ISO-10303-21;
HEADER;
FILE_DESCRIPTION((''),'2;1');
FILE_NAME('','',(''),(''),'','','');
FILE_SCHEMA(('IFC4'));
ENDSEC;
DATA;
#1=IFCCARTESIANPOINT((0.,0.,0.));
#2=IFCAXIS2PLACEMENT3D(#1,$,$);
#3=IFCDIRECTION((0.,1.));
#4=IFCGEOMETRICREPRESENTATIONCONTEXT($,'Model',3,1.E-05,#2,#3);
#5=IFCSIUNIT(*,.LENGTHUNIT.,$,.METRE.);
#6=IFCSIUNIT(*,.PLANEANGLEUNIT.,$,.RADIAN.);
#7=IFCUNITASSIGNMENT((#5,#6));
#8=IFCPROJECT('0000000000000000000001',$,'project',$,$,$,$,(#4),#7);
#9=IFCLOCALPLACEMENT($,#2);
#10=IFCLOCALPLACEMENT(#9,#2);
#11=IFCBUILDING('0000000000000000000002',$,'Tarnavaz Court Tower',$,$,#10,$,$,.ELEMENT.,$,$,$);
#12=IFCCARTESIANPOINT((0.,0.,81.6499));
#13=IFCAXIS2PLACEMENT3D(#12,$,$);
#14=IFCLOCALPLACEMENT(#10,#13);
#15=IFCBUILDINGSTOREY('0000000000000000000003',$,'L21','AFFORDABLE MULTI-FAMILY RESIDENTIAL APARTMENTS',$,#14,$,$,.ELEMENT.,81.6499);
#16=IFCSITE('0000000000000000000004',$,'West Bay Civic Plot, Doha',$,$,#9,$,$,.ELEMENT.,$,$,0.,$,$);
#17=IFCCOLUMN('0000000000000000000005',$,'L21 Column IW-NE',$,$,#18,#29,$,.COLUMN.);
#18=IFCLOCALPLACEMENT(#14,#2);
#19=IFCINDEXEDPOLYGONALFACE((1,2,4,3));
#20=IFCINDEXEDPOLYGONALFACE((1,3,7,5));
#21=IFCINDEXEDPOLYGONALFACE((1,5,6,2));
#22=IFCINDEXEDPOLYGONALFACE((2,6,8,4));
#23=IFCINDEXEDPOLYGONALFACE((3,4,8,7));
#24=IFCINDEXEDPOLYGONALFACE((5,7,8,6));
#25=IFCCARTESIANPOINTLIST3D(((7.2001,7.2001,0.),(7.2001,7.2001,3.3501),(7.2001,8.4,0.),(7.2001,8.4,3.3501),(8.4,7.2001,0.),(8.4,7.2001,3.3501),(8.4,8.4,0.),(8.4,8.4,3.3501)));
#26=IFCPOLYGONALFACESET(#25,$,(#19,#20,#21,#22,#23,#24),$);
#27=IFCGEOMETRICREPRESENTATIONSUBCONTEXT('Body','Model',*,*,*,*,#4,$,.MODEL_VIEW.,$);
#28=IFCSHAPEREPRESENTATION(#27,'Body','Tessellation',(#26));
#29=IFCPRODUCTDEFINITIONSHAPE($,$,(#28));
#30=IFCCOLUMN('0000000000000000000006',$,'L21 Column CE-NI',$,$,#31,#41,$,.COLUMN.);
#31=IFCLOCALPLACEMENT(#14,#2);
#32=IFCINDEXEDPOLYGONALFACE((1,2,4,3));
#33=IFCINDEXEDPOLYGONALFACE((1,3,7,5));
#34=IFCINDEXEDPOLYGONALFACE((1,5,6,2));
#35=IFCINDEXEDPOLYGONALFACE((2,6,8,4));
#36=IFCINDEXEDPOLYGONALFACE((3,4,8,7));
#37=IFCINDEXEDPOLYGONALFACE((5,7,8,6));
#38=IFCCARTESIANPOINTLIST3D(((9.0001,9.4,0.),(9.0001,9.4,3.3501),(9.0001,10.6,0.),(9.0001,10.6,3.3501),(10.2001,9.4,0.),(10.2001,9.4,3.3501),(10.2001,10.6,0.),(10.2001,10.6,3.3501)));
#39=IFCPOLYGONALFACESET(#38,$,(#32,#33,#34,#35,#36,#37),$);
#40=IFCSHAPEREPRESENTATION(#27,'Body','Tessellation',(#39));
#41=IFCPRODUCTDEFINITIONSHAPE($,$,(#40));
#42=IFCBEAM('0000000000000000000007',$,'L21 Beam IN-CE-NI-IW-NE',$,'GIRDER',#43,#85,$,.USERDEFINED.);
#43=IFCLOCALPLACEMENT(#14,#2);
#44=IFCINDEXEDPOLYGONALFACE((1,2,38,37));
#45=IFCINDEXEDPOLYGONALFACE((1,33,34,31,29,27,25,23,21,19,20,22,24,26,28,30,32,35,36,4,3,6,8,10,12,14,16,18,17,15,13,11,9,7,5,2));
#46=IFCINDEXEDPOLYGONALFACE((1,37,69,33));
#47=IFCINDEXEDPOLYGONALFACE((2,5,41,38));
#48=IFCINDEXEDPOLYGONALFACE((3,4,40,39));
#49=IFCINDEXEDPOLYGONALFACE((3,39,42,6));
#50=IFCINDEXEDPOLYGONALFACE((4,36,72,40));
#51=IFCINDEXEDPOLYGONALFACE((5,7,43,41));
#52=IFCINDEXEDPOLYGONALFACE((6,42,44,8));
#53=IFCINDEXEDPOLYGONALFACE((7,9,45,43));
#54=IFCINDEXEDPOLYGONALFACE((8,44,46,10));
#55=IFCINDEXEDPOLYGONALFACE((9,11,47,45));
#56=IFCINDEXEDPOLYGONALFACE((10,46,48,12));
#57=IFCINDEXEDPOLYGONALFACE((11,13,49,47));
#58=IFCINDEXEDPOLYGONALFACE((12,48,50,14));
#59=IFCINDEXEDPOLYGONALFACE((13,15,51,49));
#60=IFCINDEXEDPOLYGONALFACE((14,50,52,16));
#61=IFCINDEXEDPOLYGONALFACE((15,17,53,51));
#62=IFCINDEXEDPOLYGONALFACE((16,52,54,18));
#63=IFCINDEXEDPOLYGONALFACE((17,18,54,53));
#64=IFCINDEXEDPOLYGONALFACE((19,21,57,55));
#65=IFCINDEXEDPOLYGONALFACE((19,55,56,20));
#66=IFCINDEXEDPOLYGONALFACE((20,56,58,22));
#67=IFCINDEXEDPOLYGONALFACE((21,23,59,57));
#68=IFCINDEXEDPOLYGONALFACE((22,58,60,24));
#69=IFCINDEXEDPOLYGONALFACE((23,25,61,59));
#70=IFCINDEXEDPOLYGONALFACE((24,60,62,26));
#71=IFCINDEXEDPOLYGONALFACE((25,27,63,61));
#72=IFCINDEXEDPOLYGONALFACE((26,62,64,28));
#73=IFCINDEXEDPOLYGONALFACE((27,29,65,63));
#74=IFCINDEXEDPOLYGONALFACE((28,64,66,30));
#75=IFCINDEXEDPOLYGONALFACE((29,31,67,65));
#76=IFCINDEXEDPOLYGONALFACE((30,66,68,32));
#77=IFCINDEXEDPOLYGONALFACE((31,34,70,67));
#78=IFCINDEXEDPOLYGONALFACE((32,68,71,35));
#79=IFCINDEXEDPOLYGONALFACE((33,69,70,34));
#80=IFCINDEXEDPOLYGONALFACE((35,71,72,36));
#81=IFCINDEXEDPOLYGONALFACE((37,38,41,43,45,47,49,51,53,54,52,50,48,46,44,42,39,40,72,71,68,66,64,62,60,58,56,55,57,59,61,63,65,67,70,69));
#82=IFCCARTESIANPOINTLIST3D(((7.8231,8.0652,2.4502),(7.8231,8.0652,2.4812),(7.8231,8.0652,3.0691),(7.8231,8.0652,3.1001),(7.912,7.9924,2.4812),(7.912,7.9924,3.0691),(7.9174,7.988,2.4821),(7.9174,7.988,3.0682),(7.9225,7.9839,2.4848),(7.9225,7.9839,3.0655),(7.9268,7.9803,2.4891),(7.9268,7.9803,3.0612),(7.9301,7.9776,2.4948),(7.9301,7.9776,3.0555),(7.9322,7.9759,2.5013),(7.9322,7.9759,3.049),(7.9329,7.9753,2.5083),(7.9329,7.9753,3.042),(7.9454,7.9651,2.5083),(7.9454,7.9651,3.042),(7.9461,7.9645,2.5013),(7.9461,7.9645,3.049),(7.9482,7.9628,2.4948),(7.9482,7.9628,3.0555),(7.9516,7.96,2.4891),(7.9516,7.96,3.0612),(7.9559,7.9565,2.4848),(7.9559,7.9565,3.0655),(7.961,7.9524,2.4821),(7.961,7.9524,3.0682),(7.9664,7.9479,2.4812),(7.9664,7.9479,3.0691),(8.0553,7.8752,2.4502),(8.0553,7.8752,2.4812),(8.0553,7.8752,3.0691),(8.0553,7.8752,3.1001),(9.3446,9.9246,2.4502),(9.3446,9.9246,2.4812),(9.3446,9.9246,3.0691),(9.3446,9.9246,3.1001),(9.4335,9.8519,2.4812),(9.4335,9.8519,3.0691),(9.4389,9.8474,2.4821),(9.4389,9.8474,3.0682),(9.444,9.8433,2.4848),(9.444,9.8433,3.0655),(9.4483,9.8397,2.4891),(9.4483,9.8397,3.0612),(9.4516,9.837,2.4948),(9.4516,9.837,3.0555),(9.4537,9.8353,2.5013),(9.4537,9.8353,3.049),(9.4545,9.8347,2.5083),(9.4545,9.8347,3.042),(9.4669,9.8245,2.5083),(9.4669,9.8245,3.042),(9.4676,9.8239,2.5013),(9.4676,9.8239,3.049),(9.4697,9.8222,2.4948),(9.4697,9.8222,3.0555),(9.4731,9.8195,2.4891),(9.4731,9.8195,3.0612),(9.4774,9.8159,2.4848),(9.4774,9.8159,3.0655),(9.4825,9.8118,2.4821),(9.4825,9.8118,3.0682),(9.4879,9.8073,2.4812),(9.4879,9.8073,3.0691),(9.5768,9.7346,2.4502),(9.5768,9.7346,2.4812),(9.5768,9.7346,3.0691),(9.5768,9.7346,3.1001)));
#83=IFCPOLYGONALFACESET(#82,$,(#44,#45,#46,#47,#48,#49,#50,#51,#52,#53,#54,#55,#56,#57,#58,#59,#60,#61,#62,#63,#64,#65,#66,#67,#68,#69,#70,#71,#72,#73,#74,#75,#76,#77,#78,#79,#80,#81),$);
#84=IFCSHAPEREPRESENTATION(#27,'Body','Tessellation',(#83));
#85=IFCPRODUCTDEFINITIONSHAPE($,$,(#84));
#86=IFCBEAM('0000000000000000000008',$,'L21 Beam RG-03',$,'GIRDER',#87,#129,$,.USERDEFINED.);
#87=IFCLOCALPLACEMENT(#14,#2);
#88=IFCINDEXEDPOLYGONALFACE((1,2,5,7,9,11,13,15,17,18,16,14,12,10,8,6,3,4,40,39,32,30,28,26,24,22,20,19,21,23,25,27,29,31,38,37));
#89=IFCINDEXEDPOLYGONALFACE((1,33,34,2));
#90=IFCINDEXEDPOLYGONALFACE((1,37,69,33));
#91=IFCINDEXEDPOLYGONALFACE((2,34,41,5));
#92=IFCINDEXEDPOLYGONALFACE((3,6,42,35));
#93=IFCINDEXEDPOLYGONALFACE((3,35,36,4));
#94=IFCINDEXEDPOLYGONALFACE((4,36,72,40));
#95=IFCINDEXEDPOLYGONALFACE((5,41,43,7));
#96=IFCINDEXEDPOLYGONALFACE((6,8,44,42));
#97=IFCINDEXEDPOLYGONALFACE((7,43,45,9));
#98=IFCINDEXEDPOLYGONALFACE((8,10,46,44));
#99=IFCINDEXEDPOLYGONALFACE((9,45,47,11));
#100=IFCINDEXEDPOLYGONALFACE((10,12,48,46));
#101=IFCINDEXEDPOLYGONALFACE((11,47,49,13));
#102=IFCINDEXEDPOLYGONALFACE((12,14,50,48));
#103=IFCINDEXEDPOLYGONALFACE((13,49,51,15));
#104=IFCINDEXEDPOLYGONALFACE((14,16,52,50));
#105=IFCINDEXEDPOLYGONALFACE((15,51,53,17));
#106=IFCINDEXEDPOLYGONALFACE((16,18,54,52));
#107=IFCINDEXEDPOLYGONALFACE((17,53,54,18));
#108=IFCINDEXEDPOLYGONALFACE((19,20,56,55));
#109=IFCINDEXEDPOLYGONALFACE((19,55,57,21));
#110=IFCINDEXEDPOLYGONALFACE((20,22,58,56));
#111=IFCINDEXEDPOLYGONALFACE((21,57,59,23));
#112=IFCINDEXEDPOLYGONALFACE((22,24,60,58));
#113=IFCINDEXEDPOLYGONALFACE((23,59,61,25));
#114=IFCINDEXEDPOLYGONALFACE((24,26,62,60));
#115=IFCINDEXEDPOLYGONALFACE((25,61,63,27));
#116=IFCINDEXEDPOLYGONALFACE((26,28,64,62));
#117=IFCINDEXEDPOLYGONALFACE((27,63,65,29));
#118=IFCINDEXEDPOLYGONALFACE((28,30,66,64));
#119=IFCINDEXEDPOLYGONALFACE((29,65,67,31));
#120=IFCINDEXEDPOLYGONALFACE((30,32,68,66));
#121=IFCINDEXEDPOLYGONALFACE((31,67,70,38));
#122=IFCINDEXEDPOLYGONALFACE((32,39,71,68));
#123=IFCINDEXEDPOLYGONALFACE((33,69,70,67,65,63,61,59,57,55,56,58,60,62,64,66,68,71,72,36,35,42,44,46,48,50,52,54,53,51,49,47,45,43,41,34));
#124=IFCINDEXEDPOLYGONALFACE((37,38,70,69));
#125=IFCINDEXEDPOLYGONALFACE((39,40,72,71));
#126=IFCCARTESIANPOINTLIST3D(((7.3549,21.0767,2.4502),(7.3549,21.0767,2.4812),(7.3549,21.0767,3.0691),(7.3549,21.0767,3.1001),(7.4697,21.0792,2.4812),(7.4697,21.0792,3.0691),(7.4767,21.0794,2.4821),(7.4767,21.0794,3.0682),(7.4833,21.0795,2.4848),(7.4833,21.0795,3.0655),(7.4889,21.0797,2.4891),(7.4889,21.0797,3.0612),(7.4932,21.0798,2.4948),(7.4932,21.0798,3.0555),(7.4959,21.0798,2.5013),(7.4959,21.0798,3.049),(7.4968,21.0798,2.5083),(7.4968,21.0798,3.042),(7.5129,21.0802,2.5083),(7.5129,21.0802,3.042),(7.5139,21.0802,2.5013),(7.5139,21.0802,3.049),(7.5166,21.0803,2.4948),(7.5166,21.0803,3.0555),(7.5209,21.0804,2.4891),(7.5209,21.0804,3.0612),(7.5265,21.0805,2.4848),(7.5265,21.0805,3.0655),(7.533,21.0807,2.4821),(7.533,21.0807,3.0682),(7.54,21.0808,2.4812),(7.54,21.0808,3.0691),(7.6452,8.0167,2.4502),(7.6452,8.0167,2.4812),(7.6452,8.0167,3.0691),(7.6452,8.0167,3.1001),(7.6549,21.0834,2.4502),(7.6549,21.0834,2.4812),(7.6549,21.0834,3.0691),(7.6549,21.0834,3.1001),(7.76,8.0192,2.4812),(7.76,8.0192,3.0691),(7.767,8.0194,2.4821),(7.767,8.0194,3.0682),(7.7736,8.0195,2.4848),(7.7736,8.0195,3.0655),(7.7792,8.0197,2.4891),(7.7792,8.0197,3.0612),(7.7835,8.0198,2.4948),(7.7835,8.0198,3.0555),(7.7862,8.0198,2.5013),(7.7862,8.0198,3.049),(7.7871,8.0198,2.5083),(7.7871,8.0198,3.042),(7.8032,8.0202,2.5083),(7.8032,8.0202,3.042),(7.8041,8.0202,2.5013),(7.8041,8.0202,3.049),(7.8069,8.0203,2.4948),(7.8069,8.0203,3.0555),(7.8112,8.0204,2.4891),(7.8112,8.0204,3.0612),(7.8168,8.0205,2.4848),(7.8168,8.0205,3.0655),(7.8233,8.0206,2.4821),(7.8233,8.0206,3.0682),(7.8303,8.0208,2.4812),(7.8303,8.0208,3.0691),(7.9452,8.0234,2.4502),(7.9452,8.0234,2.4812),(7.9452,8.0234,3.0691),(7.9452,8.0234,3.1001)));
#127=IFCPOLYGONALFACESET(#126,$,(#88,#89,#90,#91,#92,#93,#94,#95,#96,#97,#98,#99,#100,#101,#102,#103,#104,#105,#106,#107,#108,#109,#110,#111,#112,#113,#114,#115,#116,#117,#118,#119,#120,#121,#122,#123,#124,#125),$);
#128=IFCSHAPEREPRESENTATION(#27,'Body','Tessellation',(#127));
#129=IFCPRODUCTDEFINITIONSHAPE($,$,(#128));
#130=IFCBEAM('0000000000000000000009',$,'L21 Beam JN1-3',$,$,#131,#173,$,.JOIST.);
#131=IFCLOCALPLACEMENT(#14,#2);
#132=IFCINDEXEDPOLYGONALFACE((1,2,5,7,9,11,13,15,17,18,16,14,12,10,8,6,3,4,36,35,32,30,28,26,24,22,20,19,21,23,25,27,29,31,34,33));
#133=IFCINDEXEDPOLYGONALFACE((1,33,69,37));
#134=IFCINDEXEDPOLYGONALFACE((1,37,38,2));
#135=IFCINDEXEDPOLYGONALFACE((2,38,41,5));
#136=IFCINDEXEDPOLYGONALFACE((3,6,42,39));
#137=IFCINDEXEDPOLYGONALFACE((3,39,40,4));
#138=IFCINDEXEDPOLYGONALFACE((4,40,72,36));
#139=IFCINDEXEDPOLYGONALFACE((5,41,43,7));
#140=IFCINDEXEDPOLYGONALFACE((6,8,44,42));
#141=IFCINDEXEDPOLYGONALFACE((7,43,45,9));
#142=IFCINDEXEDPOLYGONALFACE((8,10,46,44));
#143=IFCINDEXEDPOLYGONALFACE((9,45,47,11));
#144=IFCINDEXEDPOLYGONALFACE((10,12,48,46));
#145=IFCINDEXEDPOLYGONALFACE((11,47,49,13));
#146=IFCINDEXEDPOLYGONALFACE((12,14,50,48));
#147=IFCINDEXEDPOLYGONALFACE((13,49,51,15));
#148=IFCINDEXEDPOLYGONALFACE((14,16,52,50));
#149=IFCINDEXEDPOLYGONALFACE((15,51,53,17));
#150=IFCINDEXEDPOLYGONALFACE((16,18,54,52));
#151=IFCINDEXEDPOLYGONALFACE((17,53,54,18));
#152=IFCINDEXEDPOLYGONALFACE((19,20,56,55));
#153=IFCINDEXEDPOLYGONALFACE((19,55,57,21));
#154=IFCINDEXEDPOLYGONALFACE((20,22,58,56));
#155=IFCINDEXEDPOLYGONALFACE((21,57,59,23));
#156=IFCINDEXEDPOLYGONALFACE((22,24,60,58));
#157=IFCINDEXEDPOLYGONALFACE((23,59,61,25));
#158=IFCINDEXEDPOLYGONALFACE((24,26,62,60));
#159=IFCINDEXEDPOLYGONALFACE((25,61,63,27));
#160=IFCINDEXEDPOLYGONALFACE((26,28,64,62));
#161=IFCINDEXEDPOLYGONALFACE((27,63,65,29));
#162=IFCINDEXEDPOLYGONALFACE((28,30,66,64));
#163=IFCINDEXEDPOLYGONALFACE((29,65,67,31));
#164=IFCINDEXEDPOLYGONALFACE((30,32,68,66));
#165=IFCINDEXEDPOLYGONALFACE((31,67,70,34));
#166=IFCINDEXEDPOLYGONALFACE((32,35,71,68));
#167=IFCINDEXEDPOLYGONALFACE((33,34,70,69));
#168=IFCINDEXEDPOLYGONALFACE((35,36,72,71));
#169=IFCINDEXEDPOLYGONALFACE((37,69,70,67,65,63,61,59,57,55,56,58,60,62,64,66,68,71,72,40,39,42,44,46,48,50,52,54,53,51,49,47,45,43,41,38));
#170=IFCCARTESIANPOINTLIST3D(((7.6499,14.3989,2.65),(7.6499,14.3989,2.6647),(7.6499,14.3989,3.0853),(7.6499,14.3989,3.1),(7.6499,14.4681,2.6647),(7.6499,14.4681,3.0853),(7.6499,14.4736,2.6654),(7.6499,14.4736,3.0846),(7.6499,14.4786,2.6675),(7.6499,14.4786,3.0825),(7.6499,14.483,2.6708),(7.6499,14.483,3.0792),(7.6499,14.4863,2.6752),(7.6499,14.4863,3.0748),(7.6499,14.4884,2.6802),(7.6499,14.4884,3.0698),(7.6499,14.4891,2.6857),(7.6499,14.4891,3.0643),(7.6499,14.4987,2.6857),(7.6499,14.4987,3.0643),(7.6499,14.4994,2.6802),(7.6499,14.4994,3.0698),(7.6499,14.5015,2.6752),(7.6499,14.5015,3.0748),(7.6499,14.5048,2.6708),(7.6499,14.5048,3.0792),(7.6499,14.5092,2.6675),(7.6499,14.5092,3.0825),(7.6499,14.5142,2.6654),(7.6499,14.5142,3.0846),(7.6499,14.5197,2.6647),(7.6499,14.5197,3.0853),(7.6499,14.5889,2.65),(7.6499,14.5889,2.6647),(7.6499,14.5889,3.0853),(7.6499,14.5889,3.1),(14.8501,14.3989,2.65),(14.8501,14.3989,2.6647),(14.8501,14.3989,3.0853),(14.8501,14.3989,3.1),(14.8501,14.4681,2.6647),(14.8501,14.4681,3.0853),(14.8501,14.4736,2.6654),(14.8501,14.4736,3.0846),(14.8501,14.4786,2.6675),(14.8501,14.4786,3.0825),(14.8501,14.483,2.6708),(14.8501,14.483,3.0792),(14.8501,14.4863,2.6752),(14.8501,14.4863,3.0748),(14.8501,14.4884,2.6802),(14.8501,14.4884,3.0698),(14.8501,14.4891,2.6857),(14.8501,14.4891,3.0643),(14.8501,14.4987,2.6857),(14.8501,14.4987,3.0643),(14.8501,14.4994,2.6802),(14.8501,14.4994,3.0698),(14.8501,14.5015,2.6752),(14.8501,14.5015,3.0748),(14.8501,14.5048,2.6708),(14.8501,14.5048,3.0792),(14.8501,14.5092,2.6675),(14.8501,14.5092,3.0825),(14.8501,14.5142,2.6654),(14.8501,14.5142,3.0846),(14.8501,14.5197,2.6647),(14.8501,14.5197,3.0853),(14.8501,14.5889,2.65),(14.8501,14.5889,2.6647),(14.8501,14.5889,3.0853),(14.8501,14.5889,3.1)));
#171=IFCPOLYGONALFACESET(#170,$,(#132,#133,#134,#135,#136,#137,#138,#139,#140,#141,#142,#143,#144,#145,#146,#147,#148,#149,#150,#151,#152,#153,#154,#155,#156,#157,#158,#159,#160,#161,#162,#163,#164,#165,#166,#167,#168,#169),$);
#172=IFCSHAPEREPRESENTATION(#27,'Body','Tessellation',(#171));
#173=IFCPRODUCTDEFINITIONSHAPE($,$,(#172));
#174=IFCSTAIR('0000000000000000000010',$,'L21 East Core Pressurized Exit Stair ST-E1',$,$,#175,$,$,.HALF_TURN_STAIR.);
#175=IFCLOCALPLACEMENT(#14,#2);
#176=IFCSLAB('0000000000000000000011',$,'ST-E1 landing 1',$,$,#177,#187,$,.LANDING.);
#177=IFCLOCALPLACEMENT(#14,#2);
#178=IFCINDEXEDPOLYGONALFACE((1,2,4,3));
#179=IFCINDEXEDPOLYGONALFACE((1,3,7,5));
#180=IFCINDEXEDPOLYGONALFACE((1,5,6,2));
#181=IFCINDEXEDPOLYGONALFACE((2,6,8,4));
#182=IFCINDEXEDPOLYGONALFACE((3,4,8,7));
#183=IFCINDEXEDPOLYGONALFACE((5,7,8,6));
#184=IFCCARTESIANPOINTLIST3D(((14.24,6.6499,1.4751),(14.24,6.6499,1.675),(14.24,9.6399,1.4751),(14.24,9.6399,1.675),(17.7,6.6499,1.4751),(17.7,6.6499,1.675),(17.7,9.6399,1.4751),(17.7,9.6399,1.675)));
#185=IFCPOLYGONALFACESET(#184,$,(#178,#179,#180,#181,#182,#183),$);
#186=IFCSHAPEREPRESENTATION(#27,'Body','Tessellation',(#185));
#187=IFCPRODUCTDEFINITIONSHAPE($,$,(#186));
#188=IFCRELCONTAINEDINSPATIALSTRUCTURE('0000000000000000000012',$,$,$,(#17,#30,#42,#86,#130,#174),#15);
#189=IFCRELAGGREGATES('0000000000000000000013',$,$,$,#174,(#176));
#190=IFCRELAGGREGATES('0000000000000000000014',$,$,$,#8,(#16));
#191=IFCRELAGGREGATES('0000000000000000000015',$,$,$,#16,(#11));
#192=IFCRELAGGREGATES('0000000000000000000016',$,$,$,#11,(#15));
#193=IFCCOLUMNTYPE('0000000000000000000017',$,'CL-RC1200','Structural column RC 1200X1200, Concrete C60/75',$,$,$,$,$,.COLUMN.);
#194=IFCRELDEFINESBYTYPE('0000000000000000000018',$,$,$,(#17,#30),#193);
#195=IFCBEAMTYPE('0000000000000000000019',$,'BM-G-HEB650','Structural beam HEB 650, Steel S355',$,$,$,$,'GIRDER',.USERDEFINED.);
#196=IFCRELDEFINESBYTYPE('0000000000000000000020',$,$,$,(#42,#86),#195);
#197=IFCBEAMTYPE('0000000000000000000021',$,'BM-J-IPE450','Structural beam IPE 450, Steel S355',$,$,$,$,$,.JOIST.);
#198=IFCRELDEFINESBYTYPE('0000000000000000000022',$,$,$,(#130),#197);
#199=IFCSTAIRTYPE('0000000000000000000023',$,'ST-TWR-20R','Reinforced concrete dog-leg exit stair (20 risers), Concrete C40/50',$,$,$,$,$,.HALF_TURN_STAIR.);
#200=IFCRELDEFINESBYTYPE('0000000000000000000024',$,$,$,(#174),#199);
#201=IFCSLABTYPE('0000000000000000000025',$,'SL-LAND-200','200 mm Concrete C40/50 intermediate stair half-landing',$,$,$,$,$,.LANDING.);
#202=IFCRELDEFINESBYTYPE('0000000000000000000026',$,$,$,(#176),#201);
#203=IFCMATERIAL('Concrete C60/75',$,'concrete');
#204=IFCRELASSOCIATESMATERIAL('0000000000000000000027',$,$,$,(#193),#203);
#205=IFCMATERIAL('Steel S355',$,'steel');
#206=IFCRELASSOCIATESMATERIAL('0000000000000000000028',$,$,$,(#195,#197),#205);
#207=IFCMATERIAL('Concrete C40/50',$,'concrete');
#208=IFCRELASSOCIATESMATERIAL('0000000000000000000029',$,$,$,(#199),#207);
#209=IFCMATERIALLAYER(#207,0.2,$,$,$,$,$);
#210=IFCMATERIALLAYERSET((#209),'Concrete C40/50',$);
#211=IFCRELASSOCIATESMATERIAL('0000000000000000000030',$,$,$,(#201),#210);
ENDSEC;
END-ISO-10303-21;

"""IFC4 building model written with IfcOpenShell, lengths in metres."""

from ifc_helpers import new_model, si_unit, direction, frame, origin, origin_2d, place, context, subcontext, project, spatial, polyline, rectangle, i_section, outline, extrude, material, layer, layer_set, material_profile, profile_set, type_object, element, aggregate, save


model = new_model("IFC4")

# Units and contexts
model_context = context("Model", 3, precision=1e-05, world=origin(), true_north=direction((0.0, 1.0)))
body_context = subcontext(model_context, "Body", "Model", "MODEL_VIEW")
ifc_project = project(units=[si_unit("LENGTHUNIT", "METRE"), si_unit("PLANEANGLEUNIT", "RADIAN")], contexts=[model_context])

# Site, building, storey
site_placement = place(None, origin())
site = spatial("IfcSite", under=ifc_project, at=site_placement, Name="West Bay Civic Plot, Doha", CompositionType="ELEMENT", RefElevation=0.0)
building_placement = place(site_placement, origin())
building = spatial("IfcBuilding", under=site, at=building_placement, Name="Tarnavaz Court Tower", CompositionType="ELEMENT")
storey_placement = place(building_placement, frame((0.0, 0.0, 81.6499)))
storey = spatial("IfcBuildingStorey", under=building, at=storey_placement, Name="L21", Description="AFFORDABLE MULTI-FAMILY RESIDENTIAL APARTMENTS", CompositionType="ELEMENT", Elevation=81.6499)

# Columns
ifc_material_1 = material(Name="Concrete C60/75", Category="concrete")
ifc_material_profile_1 = material_profile(ifc_material_1, rectangle(XDim=1.2, YDim=1.2, at=origin_2d()), Name="RC 1200X1200")
ifc_profile_set_1 = profile_set([ifc_material_profile_1], Name="Concrete C60/75")
column_type = type_object("IfcColumnType", Name="CL-RC1200", Description="Structural column RC 1200X1200, Concrete C60/75", PredefinedType="COLUMN", material=ifc_profile_set_1)
for number, where, z_axis, x_axis, name in (
    (1, (7.8, 7.8, 0.0), (0.0, 0.0, 1.0), (1.0, 0.0, 0.0), "L21 Column IW-NE"),
    (2, (9.6001, 10.0, 0.0), (0.0, 0.0, 1.0), (1.0, 0.0, 0.0), "L21 Column CE-NI"),
):
    element("IfcColumn", number, at=place(storey_placement, frame(where, z_axis=z_axis, x_axis=x_axis)), inside=storey, type_object=column_type, Name=name, PredefinedType="COLUMN", context=body_context, shape_type="SweptSolid", body=[
        extrude(rectangle(XDim=1.2, YDim=1.2, at=origin_2d()), origin(), (0.0, 0.0, 1.0), 3.3501),
    ])

# Beams
ifc_material_2 = material(Name="Steel S355", Category="steel")
ifc_material_profile_2 = material_profile(ifc_material_2, i_section(OverallWidth=0.3, OverallDepth=0.6499, WebThickness=0.0161, FlangeThickness=0.031, FilletRadius=0.0271, at=origin_2d()), Name="HEB 650")
ifc_profile_set_2 = profile_set([ifc_material_profile_2], Name="Steel S355")
beam_type_1 = type_object("IfcBeamType", Name="BM-G-HEB650", Description="Structural beam HEB 650, Steel S355", ElementType="GIRDER", PredefinedType="USERDEFINED", material=ifc_profile_set_2)
beam_1_placement = place(storey_placement, frame((9.4607, 9.8296, 2.7751), z_axis=(-0.633282, -0.773921, 0.0), x_axis=(0.773921, -0.633282, 0.0)))
element("IfcBeam", 3, at=beam_1_placement, inside=storey, type_object=beam_type_1, Name="L21 Beam IN-CE-NI-IW-NE", ObjectType="GIRDER", PredefinedType="USERDEFINED", context=body_context, shape_type="SweptSolid", body=[
    extrude(i_section(OverallWidth=0.3, OverallDepth=0.6499, WebThickness=0.0161, FlangeThickness=0.031, FilletRadius=0.0271, at=origin_2d()), origin(), (0.0, 0.0, 1.0), 2.4026),
])
beam_2_placement = place(storey_placement, frame((7.7952, 8.02, 2.7751), z_axis=(-0.022221, 0.999753, 0.0), x_axis=(-0.999753, -0.022221, 0.0)))
element("IfcBeam", 4, at=beam_2_placement, inside=storey, type_object=beam_type_1, Name="L21 Beam RG-03", ObjectType="GIRDER", PredefinedType="USERDEFINED", context=body_context, shape_type="SweptSolid", body=[
    extrude(i_section(OverallWidth=0.3, OverallDepth=0.6499, WebThickness=0.0161, FlangeThickness=0.031, FilletRadius=0.0271, at=origin_2d()), origin(), (0.0, 0.0, 1.0), 13.0632),
])
ifc_material_profile_3 = material_profile(ifc_material_2, i_section(OverallWidth=0.1899, OverallDepth=0.45, WebThickness=0.0095, FlangeThickness=0.0146, FilletRadius=0.021, at=origin_2d()), Name="IPE 450")
ifc_profile_set_3 = profile_set([ifc_material_profile_3], Name="Steel S355")
beam_type_2 = type_object("IfcBeamType", Name="BM-J-IPE450", Description="Structural beam IPE 450, Steel S355", PredefinedType="JOIST", material=ifc_profile_set_3)
beam_3_placement = place(storey_placement, frame((7.6499, 14.4939, 2.875), z_axis=(1.0, 0.0, 0.0), x_axis=(0.0, 1.0, 0.0)))
element("IfcBeam", 5, at=beam_3_placement, inside=storey, type_object=beam_type_2, Name="L21 Beam JN1-3", PredefinedType="JOIST", context=body_context, shape_type="SweptSolid", body=[
    extrude(i_section(OverallWidth=0.1899, OverallDepth=0.45, WebThickness=0.0095, FlangeThickness=0.0146, FilletRadius=0.021, at=origin_2d()), origin(), (0.0, 0.0, 1.0), 7.2002),
])

# Stair, slab
ifc_material_3 = material(Name="Concrete C40/50", Category="concrete")
stair_type = type_object("IfcStairType", Name="ST-TWR-20R", Description="Reinforced concrete dog-leg exit stair (20 risers), Concrete C40/50", PredefinedType="HALF_TURN_STAIR", material=ifc_material_3)
stair_1_placement = place(storey_placement, origin())
stair_1 = element("IfcStair", 6, at=stair_1_placement, inside=storey, type_object=stair_type, Name="L21 East Core Pressurized Exit Stair ST-E1", PredefinedType="HALF_TURN_STAIR")
ifc_layer_1 = layer(ifc_material_3, 0.2)
ifc_layer_set_1 = layer_set([ifc_layer_1], Name="Concrete C40/50")
slab_type = type_object("IfcSlabType", Name="SL-LAND-200", Description="200 mm Concrete C40/50 intermediate stair half-landing", PredefinedType="LANDING", material=ifc_layer_set_1)
slab_1_placement = place(storey_placement, frame((0.0, 0.0, 1.4751)))
slab_1 = element("IfcSlab", 7, at=slab_1_placement, type_object=slab_type, Name="ST-E1 landing 1", PredefinedType="LANDING", context=body_context, shape_type="SweptSolid", body=[
    extrude(outline(polyline([(14.24, 6.6499), (17.7, 6.6499), (17.7, 9.6399), (14.24, 9.6399), (14.24, 6.6499)])), origin(), (0.0, 0.0, 1.0), 0.2),
])
aggregate(stair_1, [slab_1])

save(model, "model.ifc")
